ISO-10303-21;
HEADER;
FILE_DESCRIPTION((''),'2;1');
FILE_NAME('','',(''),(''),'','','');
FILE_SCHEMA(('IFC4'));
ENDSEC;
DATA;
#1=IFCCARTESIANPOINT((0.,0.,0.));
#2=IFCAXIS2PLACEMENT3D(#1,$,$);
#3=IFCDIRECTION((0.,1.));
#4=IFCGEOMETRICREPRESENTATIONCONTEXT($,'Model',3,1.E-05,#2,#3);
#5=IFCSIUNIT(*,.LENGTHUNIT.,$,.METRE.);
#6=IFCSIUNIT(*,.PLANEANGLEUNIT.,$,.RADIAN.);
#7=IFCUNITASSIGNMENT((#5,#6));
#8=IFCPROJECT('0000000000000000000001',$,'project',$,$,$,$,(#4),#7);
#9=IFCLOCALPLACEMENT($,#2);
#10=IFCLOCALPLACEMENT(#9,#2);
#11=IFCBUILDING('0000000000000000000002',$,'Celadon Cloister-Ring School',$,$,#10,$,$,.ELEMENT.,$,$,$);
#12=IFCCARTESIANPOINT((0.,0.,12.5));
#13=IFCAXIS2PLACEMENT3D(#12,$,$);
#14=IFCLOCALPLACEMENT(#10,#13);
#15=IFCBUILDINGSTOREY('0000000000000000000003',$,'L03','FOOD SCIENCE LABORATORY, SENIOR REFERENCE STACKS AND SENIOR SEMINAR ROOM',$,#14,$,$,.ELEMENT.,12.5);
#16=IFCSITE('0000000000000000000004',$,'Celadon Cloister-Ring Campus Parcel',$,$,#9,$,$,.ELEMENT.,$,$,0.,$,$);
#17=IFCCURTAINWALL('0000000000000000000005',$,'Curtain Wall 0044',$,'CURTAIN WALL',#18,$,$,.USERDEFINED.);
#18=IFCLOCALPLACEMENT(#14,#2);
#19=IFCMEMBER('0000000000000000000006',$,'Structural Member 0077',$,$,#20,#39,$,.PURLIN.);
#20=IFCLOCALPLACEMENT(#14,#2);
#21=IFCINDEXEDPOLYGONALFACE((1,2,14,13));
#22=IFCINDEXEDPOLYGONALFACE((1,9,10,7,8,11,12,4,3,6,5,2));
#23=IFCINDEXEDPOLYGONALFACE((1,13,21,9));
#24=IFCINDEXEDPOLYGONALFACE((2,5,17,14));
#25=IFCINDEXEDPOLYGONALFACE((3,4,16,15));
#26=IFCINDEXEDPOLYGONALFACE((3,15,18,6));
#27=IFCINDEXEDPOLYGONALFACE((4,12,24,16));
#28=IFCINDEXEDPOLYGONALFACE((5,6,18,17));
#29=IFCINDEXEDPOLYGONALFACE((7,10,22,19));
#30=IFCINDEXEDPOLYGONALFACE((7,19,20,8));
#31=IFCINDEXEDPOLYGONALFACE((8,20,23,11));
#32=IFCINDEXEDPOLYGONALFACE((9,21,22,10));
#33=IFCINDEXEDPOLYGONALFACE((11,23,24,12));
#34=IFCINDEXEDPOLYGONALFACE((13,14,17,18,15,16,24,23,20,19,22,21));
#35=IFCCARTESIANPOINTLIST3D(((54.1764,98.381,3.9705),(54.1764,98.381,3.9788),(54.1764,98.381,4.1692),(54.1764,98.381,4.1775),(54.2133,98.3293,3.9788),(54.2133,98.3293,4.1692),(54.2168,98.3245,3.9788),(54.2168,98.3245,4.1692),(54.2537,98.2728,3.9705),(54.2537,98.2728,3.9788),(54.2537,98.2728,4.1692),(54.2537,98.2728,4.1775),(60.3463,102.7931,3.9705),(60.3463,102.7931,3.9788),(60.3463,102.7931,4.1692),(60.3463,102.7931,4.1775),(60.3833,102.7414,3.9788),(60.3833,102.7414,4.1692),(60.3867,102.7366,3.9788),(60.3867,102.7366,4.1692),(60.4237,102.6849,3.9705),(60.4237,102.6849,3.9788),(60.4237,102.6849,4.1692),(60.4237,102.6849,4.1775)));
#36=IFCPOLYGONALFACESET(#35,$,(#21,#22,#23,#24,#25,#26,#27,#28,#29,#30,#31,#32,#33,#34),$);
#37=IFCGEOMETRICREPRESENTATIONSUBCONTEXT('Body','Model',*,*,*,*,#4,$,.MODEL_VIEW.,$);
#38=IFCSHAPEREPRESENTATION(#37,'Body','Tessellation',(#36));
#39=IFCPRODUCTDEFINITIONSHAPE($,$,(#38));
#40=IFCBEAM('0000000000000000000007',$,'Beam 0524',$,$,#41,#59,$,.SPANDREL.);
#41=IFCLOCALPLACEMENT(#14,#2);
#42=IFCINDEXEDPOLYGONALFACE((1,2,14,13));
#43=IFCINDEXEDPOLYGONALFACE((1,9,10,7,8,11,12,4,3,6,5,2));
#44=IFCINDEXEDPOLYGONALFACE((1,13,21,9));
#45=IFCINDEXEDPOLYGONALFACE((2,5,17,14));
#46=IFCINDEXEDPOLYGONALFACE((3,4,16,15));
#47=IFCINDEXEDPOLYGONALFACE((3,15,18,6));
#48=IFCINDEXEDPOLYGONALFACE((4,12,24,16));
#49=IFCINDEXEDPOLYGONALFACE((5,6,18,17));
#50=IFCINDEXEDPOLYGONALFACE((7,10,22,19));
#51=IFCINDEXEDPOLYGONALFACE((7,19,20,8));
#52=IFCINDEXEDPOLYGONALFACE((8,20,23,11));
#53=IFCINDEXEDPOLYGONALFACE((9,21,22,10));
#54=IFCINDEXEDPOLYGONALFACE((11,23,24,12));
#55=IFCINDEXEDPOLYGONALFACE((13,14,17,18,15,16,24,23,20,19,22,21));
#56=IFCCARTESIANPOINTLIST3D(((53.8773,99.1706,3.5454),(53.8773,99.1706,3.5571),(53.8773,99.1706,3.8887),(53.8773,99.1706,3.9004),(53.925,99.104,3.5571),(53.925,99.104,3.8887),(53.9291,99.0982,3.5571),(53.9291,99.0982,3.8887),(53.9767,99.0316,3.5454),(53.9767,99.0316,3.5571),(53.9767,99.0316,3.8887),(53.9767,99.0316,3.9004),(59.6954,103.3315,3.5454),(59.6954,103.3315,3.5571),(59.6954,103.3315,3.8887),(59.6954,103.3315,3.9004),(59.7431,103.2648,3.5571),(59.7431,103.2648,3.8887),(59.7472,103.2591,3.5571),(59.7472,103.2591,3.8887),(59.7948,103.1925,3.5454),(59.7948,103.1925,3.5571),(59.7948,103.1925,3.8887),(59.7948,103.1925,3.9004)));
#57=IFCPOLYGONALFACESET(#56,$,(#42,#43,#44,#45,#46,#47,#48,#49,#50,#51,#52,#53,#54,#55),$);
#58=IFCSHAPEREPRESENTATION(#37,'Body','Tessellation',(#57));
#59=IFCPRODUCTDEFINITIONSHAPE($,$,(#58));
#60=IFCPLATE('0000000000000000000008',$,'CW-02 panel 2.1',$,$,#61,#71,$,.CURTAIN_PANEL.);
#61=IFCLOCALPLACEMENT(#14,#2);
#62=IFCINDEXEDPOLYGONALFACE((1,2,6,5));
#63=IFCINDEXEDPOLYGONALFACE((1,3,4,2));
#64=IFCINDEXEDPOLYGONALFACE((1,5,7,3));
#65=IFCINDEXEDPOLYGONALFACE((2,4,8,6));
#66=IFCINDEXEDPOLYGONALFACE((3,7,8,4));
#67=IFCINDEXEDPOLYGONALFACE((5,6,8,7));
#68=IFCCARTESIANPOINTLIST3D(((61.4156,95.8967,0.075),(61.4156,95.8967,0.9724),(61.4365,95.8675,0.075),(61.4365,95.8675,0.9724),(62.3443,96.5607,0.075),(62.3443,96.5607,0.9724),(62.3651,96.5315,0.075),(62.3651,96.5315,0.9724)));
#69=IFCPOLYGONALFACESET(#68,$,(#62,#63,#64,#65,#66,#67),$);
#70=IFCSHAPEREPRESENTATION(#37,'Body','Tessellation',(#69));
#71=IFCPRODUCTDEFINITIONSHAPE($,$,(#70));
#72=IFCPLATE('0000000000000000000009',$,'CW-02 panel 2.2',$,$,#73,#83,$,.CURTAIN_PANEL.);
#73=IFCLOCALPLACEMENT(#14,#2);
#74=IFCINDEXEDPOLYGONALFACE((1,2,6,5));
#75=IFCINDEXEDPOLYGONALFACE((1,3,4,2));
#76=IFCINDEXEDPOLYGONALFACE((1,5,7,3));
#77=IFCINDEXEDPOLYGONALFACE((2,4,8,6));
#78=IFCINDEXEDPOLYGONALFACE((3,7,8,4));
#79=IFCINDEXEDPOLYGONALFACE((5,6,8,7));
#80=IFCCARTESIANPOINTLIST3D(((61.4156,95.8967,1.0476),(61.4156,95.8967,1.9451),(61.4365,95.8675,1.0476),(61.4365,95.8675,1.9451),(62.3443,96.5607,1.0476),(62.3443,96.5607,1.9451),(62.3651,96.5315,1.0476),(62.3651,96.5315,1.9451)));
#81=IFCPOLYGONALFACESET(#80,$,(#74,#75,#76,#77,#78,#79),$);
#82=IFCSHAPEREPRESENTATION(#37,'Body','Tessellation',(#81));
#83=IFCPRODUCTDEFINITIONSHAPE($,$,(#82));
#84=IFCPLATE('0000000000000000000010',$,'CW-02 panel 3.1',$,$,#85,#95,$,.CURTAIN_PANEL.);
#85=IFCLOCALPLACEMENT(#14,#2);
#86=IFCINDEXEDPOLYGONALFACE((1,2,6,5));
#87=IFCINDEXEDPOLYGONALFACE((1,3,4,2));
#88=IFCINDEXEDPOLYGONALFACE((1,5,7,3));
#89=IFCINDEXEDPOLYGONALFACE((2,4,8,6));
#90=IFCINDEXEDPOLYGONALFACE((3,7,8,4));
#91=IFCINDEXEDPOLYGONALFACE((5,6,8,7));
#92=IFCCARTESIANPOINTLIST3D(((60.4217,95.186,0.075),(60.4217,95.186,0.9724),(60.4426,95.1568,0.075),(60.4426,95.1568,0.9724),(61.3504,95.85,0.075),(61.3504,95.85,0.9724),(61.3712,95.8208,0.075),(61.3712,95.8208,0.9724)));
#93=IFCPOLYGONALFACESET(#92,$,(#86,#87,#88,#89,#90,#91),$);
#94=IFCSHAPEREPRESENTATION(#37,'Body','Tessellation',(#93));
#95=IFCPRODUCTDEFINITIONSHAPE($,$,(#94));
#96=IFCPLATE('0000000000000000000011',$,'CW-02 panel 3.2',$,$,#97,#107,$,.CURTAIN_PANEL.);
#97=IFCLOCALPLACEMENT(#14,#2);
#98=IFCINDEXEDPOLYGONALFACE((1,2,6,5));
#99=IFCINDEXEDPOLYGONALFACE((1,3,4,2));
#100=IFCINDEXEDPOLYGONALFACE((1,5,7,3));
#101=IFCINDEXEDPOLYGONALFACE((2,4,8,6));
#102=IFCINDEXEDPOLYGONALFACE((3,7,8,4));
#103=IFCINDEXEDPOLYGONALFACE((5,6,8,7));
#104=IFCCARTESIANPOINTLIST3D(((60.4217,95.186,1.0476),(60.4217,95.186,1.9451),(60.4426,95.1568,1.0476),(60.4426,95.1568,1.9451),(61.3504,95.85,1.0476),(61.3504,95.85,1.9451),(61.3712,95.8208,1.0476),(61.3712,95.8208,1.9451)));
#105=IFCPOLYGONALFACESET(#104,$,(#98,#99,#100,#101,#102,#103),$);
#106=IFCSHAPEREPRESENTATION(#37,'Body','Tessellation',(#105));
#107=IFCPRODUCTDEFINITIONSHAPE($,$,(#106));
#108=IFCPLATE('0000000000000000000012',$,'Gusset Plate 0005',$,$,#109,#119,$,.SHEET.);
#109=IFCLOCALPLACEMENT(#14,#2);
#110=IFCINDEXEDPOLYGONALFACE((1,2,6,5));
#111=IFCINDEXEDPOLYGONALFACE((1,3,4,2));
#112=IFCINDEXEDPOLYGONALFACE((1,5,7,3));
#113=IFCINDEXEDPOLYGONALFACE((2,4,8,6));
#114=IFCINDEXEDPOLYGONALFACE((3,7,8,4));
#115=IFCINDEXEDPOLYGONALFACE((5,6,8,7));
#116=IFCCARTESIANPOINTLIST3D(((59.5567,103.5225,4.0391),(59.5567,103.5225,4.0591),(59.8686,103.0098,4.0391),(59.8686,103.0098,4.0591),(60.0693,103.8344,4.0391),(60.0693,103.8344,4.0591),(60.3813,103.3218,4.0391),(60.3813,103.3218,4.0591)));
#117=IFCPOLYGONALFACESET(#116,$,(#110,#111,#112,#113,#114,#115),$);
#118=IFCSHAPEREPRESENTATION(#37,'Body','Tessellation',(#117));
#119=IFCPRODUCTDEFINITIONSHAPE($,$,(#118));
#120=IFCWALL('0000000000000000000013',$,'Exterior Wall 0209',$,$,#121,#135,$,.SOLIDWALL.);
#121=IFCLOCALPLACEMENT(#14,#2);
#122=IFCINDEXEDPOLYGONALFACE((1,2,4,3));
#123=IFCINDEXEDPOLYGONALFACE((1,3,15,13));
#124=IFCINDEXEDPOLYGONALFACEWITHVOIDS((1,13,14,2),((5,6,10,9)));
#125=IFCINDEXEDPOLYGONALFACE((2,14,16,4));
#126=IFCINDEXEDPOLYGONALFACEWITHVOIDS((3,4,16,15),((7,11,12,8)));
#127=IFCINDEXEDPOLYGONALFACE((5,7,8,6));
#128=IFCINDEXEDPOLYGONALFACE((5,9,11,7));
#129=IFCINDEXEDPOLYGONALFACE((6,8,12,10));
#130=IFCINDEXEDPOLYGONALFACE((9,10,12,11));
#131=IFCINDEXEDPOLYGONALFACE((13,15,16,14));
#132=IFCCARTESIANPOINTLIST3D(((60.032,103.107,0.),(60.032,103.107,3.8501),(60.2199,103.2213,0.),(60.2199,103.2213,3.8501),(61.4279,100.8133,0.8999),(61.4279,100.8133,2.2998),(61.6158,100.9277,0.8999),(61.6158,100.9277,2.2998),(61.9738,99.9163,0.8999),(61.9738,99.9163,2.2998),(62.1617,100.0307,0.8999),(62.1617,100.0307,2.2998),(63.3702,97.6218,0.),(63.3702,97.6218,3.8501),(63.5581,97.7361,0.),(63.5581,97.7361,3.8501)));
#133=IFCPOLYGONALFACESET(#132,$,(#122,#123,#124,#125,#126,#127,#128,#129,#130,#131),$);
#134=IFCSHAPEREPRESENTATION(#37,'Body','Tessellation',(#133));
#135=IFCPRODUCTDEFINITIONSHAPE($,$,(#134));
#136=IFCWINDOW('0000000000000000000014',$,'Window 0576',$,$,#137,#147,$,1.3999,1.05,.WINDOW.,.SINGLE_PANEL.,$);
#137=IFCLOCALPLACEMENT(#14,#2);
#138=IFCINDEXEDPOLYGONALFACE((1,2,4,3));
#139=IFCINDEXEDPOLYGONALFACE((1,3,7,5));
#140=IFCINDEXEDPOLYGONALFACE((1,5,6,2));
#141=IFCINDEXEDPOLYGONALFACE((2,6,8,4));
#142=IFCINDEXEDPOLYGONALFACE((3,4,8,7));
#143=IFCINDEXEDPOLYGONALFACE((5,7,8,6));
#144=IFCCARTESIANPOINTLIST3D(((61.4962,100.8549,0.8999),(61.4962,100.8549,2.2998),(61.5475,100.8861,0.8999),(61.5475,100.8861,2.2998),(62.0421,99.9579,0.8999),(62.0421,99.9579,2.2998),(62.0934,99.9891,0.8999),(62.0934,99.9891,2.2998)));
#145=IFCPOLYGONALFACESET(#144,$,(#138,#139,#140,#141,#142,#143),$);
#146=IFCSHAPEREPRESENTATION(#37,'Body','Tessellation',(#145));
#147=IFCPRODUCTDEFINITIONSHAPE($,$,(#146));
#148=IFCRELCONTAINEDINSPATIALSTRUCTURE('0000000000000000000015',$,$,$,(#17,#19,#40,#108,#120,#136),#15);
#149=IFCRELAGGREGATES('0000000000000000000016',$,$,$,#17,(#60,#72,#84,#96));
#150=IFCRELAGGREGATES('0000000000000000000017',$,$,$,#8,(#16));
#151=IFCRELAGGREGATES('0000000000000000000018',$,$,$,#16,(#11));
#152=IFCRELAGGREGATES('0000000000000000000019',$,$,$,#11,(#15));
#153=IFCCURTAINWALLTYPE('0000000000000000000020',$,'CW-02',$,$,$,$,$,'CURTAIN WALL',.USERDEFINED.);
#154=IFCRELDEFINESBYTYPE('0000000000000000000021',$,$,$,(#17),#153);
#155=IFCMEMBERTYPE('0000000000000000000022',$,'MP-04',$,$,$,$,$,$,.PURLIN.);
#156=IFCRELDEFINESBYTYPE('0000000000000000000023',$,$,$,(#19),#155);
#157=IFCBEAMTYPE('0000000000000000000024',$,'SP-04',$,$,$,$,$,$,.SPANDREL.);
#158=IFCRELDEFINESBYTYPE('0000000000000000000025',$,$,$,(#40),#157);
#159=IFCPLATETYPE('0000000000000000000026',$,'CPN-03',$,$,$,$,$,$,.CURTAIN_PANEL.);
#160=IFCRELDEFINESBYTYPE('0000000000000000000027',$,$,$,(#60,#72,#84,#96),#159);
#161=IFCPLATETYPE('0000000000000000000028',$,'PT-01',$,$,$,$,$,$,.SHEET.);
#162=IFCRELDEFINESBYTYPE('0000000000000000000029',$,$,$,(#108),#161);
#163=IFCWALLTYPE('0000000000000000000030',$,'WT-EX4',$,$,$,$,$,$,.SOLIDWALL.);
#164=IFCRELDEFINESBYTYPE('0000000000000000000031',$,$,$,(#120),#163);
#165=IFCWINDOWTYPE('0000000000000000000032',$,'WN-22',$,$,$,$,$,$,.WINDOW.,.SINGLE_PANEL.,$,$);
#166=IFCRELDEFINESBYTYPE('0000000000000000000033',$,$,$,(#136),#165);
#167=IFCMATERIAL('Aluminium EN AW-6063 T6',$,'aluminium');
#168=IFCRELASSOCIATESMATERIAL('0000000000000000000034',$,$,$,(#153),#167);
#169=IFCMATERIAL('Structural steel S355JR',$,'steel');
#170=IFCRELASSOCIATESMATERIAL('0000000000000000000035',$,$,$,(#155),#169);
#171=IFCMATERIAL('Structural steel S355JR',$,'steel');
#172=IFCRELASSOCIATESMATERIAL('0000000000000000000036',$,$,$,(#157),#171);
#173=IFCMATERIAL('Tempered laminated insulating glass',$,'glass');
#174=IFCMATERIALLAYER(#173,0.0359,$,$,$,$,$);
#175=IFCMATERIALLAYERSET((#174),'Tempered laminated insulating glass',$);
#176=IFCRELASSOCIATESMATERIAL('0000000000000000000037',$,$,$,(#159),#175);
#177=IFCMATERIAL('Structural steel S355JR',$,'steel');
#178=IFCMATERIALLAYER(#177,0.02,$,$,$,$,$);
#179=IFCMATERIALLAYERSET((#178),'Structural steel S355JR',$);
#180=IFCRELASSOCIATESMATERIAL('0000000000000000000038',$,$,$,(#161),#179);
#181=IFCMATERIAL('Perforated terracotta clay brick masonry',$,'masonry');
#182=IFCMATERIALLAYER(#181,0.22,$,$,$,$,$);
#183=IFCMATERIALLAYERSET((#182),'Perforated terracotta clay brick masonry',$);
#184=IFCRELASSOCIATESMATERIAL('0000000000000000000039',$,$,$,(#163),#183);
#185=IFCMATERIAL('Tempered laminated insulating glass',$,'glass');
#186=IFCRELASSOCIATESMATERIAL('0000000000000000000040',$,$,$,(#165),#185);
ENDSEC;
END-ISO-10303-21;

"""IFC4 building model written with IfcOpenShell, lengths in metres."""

from ifc_helpers import new_model, si_unit, direction, frame, frame_2d, origin, origin_2d, place, context, subcontext, project, spatial, rectangle, i_section, extrude, material, layer, layer_set, material_profile, profile_set, type_object, element, fill, aggregate, save


model = new_model("IFC4")

# Units and contexts
model_context = context("Model", 3, precision=1e-05, world=origin(), true_north=direction((0.0, 1.0)))
body_context = subcontext(model_context, "Body", "Model", "MODEL_VIEW")
ifc_project = project(units=[si_unit("LENGTHUNIT", "METRE"), si_unit("PLANEANGLEUNIT", "RADIAN")], contexts=[model_context])

# Site, building, storey
site_placement = place(None, origin())
site = spatial("IfcSite", under=ifc_project, at=site_placement, Name="Celadon Cloister-Ring Campus Parcel", CompositionType="ELEMENT", RefElevation=0.0)
building_placement = place(site_placement, origin())
building = spatial("IfcBuilding", under=site, at=building_placement, Name="Celadon Cloister-Ring School", CompositionType="ELEMENT")
storey_placement = place(building_placement, frame((0.0, 0.0, 12.5)))
storey = spatial("IfcBuildingStorey", under=building, at=storey_placement, Name="L03", Description="FOOD SCIENCE LABORATORY, SENIOR REFERENCE STACKS AND SENIOR SEMINAR ROOM", CompositionType="ELEMENT", Elevation=12.5)

# Curtain wall
ifc_material_1 = material(Name="Aluminium EN AW-6063 T6", Category="aluminium")
curtain_wall_type = type_object("IfcCurtainWallType", Name="CW-02", ElementType="CURTAIN WALL", PredefinedType="USERDEFINED", material=ifc_material_1)
curtain_wall_placement = place(storey_placement, origin())
curtain_wall = element("IfcCurtainWall", 1, at=curtain_wall_placement, inside=storey, type_object=curtain_wall_type, Name="Curtain Wall 0044", ObjectType="CURTAIN WALL", PredefinedType="USERDEFINED")

# Member
ifc_material_2 = material(Name="Structural steel S355JR", Category="steel")
ifc_material_profile_1 = material_profile(ifc_material_2, i_section(OverallWidth=0.1331, OverallDepth=0.207, WebThickness=0.0059, FlangeThickness=0.0083, at=origin_2d()), Name="W200X27")
ifc_profile_set_1 = profile_set([ifc_material_profile_1], Name="Structural steel S355JR")
member_type_1 = type_object("IfcMemberType", Name="MP-04", PredefinedType="PURLIN", material=ifc_profile_set_1)
member_1_placement = place(storey_placement, frame((60.385, 102.739, 4.074), z_axis=(-0.81342, -0.581677, 0.0), x_axis=(0.581677, -0.81342, 0.0)))
element("IfcMember", 2, at=member_1_placement, inside=storey, type_object=member_type_1, Name="Structural Member 0077", PredefinedType="PURLIN", context=body_context, shape_type="SweptSolid", body=[
    extrude(i_section(OverallWidth=0.1331, OverallDepth=0.207, WebThickness=0.0059, FlangeThickness=0.0083, at=origin_2d()), origin(), (0.0, 0.0, 1.0), 7.5852),
])

# Beam
ifc_material_3 = material(Name="Structural steel S355JR", Category="steel")
ifc_material_profile_2 = material_profile(ifc_material_3, i_section(OverallWidth=0.1709, OverallDepth=0.355, WebThickness=0.0071, FlangeThickness=0.0117, at=origin_2d()), Name="W360X51")
ifc_profile_set_2 = profile_set([ifc_material_profile_2], Name="Structural steel S355JR")
beam_type = type_object("IfcBeamType", Name="SP-04", PredefinedType="SPANDREL", material=ifc_profile_set_2)
beam_placement = place(storey_placement, frame((59.7451, 103.262, 3.7229), z_axis=(-0.813397, -0.581709, 0.0), x_axis=(0.581709, -0.813397, 0.0)))
element("IfcBeam", 3, at=beam_placement, inside=storey, type_object=beam_type, Name="Beam 0524", PredefinedType="SPANDREL", context=body_context, shape_type="SweptSolid", body=[
    extrude(i_section(OverallWidth=0.1709, OverallDepth=0.355, WebThickness=0.0071, FlangeThickness=0.0117, at=origin_2d()), origin(), (0.0, 0.0, 1.0), 7.1528),
])

# Plates
ifc_material_4 = material(Name="Tempered laminated insulating glass", Category="glass")
ifc_layer_1 = layer(ifc_material_4, 0.0359)
ifc_layer_set_1 = layer_set([ifc_layer_1], Name="Tempered laminated insulating glass")
plate_type_1 = type_object("IfcPlateType", Name="CPN-03", PredefinedType="CURTAIN_PANEL", material=ifc_layer_set_1)
plate_1_placement = place(storey_placement, frame((61.8904, 96.2141, 0.075), z_axis=(0.0, 0.0, 1.0), x_axis=(-0.813446, -0.581641, 0.0)))
plate_1 = element("IfcPlate", 4, at=plate_1_placement, type_object=plate_type_1, Name="CW-02 panel 2.1", PredefinedType="CURTAIN_PANEL", context=body_context, shape_type="SweptSolid", body=[
    extrude(rectangle(XDim=1.1416, YDim=0.0359, at=origin_2d()), origin(), (0.0, 0.0, 1.0), 0.8975),
])
plate_2_placement = place(storey_placement, frame((61.8904, 96.2141, 1.0476), z_axis=(0.0, 0.0, 1.0), x_axis=(-0.813446, -0.581641, 0.0)))
plate_2 = element("IfcPlate", 5, at=plate_2_placement, type_object=plate_type_1, Name="CW-02 panel 2.2", PredefinedType="CURTAIN_PANEL", context=body_context, shape_type="SweptSolid", body=[
    extrude(rectangle(XDim=1.1416, YDim=0.0359, at=origin_2d()), origin(), (0.0, 0.0, 1.0), 0.8975),
])
plate_3_placement = place(storey_placement, frame((60.8965, 95.5034, 0.075), z_axis=(0.0, 0.0, 1.0), x_axis=(-0.813446, -0.581641, 0.0)))
plate_3 = element("IfcPlate", 6, at=plate_3_placement, type_object=plate_type_1, Name="CW-02 panel 3.1", PredefinedType="CURTAIN_PANEL", context=body_context, shape_type="SweptSolid", body=[
    extrude(rectangle(XDim=1.1416, YDim=0.0359, at=origin_2d()), origin(), (0.0, 0.0, 1.0), 0.8975),
])
plate_4_placement = place(storey_placement, frame((60.8965, 95.5034, 1.0476), z_axis=(0.0, 0.0, 1.0), x_axis=(-0.813446, -0.581641, 0.0)))
plate_4 = element("IfcPlate", 7, at=plate_4_placement, type_object=plate_type_1, Name="CW-02 panel 3.2", PredefinedType="CURTAIN_PANEL", context=body_context, shape_type="SweptSolid", body=[
    extrude(rectangle(XDim=1.1416, YDim=0.0359, at=origin_2d()), origin(), (0.0, 0.0, 1.0), 0.8975),
])
aggregate(curtain_wall, [plate_1, plate_2, plate_3, plate_4])
ifc_material_5 = material(Name="Structural steel S355JR", Category="steel")
ifc_layer_2 = layer(ifc_material_5, 0.02)
ifc_layer_set_2 = layer_set([ifc_layer_2], Name="Structural steel S355JR")
plate_type_2 = type_object("IfcPlateType", Name="PT-01", PredefinedType="SHEET", material=ifc_layer_set_2)
plate_5_placement = place(storey_placement, frame((59.969, 103.4221, 4.0391), z_axis=(0.0, 0.0, 1.0), x_axis=(-0.519817, 0.854277, 0.0)))
element("IfcPlate", 8, at=plate_5_placement, inside=storey, type_object=plate_type_2, Name="Gusset Plate 0005", PredefinedType="SHEET", context=body_context, shape_type="SweptSolid", body=[
    extrude(rectangle(XDim=0.6001, YDim=0.6001, at=origin_2d()), origin(), (0.0, 0.0, 1.0), 0.02),
])

# Wall, opening, window
ifc_material_6 = material(Name="Perforated terracotta clay brick masonry", Category="masonry")
ifc_layer_3 = layer(ifc_material_6, 0.22)
ifc_layer_set_3 = layer_set([ifc_layer_3], Name="Perforated terracotta clay brick masonry")
wall_type_1 = type_object("IfcWallType", Name="WT-EX4", PredefinedType="SOLIDWALL", material=ifc_layer_set_3)
wall_1_placement = place(storey_placement, frame((60.126, 103.1641, 0.0), z_axis=(0.0, 0.0, 1.0), x_axis=(0.519876, -0.854242, 0.0)))
wall_1 = element("IfcWall", 9, at=wall_1_placement, inside=storey, type_object=wall_type_1, Name="Exterior Wall 0209", PredefinedType="SOLIDWALL", context=body_context, shape_type="SweptSolid", body=[
    extrude(rectangle(XDim=6.4211, YDim=0.22, at=frame_2d((3.2104, 0.0))), origin(), (0.0, 0.0, 1.0), 3.8501),
])
opening_1_placement = place(wall_1_placement, frame((2.6851, 0.0, 0.8999)))
opening_1 = element("IfcOpeningElement", 10, at=opening_1_placement, cuts=wall_1, PredefinedType="OPENING", context=body_context, shape_type="SweptSolid", body=[
    extrude(rectangle(XDim=1.05, YDim=1.3999, at=frame_2d((0.5249, 0.7))), frame((0.0, 0.1201, 0.0), z_axis=(0.0, -1.0, 0.0), x_axis=(1.0, 0.0, 0.0)), (0.0, 0.0, 1.0), 0.24),
])
ifc_material_7 = material(Name="Tempered laminated insulating glass", Category="glass")
window_type = type_object("IfcWindowType", Name="WN-22", PartitioningType="SINGLE_PANEL", PredefinedType="WINDOW", material=ifc_material_7)
window_placement = place(opening_1_placement, origin())
window = element("IfcWindow", 11, at=window_placement, inside=storey, type_object=window_type, Name="Window 0576", OverallHeight=1.3999, OverallWidth=1.05, PartitioningType="SINGLE_PANEL", PredefinedType="WINDOW", context=body_context, shape_type="SweptSolid", body=[
    extrude(rectangle(XDim=1.05, YDim=1.3999, at=frame_2d((0.5249, 0.7))), frame((0.0, 0.03, 0.0), z_axis=(0.0, -1.0, 0.0), x_axis=(1.0, 0.0, 0.0)), (0.0, 0.0, 1.0), 0.0601),
])
fill(opening_1, window)

save(model, "model.ifc")
